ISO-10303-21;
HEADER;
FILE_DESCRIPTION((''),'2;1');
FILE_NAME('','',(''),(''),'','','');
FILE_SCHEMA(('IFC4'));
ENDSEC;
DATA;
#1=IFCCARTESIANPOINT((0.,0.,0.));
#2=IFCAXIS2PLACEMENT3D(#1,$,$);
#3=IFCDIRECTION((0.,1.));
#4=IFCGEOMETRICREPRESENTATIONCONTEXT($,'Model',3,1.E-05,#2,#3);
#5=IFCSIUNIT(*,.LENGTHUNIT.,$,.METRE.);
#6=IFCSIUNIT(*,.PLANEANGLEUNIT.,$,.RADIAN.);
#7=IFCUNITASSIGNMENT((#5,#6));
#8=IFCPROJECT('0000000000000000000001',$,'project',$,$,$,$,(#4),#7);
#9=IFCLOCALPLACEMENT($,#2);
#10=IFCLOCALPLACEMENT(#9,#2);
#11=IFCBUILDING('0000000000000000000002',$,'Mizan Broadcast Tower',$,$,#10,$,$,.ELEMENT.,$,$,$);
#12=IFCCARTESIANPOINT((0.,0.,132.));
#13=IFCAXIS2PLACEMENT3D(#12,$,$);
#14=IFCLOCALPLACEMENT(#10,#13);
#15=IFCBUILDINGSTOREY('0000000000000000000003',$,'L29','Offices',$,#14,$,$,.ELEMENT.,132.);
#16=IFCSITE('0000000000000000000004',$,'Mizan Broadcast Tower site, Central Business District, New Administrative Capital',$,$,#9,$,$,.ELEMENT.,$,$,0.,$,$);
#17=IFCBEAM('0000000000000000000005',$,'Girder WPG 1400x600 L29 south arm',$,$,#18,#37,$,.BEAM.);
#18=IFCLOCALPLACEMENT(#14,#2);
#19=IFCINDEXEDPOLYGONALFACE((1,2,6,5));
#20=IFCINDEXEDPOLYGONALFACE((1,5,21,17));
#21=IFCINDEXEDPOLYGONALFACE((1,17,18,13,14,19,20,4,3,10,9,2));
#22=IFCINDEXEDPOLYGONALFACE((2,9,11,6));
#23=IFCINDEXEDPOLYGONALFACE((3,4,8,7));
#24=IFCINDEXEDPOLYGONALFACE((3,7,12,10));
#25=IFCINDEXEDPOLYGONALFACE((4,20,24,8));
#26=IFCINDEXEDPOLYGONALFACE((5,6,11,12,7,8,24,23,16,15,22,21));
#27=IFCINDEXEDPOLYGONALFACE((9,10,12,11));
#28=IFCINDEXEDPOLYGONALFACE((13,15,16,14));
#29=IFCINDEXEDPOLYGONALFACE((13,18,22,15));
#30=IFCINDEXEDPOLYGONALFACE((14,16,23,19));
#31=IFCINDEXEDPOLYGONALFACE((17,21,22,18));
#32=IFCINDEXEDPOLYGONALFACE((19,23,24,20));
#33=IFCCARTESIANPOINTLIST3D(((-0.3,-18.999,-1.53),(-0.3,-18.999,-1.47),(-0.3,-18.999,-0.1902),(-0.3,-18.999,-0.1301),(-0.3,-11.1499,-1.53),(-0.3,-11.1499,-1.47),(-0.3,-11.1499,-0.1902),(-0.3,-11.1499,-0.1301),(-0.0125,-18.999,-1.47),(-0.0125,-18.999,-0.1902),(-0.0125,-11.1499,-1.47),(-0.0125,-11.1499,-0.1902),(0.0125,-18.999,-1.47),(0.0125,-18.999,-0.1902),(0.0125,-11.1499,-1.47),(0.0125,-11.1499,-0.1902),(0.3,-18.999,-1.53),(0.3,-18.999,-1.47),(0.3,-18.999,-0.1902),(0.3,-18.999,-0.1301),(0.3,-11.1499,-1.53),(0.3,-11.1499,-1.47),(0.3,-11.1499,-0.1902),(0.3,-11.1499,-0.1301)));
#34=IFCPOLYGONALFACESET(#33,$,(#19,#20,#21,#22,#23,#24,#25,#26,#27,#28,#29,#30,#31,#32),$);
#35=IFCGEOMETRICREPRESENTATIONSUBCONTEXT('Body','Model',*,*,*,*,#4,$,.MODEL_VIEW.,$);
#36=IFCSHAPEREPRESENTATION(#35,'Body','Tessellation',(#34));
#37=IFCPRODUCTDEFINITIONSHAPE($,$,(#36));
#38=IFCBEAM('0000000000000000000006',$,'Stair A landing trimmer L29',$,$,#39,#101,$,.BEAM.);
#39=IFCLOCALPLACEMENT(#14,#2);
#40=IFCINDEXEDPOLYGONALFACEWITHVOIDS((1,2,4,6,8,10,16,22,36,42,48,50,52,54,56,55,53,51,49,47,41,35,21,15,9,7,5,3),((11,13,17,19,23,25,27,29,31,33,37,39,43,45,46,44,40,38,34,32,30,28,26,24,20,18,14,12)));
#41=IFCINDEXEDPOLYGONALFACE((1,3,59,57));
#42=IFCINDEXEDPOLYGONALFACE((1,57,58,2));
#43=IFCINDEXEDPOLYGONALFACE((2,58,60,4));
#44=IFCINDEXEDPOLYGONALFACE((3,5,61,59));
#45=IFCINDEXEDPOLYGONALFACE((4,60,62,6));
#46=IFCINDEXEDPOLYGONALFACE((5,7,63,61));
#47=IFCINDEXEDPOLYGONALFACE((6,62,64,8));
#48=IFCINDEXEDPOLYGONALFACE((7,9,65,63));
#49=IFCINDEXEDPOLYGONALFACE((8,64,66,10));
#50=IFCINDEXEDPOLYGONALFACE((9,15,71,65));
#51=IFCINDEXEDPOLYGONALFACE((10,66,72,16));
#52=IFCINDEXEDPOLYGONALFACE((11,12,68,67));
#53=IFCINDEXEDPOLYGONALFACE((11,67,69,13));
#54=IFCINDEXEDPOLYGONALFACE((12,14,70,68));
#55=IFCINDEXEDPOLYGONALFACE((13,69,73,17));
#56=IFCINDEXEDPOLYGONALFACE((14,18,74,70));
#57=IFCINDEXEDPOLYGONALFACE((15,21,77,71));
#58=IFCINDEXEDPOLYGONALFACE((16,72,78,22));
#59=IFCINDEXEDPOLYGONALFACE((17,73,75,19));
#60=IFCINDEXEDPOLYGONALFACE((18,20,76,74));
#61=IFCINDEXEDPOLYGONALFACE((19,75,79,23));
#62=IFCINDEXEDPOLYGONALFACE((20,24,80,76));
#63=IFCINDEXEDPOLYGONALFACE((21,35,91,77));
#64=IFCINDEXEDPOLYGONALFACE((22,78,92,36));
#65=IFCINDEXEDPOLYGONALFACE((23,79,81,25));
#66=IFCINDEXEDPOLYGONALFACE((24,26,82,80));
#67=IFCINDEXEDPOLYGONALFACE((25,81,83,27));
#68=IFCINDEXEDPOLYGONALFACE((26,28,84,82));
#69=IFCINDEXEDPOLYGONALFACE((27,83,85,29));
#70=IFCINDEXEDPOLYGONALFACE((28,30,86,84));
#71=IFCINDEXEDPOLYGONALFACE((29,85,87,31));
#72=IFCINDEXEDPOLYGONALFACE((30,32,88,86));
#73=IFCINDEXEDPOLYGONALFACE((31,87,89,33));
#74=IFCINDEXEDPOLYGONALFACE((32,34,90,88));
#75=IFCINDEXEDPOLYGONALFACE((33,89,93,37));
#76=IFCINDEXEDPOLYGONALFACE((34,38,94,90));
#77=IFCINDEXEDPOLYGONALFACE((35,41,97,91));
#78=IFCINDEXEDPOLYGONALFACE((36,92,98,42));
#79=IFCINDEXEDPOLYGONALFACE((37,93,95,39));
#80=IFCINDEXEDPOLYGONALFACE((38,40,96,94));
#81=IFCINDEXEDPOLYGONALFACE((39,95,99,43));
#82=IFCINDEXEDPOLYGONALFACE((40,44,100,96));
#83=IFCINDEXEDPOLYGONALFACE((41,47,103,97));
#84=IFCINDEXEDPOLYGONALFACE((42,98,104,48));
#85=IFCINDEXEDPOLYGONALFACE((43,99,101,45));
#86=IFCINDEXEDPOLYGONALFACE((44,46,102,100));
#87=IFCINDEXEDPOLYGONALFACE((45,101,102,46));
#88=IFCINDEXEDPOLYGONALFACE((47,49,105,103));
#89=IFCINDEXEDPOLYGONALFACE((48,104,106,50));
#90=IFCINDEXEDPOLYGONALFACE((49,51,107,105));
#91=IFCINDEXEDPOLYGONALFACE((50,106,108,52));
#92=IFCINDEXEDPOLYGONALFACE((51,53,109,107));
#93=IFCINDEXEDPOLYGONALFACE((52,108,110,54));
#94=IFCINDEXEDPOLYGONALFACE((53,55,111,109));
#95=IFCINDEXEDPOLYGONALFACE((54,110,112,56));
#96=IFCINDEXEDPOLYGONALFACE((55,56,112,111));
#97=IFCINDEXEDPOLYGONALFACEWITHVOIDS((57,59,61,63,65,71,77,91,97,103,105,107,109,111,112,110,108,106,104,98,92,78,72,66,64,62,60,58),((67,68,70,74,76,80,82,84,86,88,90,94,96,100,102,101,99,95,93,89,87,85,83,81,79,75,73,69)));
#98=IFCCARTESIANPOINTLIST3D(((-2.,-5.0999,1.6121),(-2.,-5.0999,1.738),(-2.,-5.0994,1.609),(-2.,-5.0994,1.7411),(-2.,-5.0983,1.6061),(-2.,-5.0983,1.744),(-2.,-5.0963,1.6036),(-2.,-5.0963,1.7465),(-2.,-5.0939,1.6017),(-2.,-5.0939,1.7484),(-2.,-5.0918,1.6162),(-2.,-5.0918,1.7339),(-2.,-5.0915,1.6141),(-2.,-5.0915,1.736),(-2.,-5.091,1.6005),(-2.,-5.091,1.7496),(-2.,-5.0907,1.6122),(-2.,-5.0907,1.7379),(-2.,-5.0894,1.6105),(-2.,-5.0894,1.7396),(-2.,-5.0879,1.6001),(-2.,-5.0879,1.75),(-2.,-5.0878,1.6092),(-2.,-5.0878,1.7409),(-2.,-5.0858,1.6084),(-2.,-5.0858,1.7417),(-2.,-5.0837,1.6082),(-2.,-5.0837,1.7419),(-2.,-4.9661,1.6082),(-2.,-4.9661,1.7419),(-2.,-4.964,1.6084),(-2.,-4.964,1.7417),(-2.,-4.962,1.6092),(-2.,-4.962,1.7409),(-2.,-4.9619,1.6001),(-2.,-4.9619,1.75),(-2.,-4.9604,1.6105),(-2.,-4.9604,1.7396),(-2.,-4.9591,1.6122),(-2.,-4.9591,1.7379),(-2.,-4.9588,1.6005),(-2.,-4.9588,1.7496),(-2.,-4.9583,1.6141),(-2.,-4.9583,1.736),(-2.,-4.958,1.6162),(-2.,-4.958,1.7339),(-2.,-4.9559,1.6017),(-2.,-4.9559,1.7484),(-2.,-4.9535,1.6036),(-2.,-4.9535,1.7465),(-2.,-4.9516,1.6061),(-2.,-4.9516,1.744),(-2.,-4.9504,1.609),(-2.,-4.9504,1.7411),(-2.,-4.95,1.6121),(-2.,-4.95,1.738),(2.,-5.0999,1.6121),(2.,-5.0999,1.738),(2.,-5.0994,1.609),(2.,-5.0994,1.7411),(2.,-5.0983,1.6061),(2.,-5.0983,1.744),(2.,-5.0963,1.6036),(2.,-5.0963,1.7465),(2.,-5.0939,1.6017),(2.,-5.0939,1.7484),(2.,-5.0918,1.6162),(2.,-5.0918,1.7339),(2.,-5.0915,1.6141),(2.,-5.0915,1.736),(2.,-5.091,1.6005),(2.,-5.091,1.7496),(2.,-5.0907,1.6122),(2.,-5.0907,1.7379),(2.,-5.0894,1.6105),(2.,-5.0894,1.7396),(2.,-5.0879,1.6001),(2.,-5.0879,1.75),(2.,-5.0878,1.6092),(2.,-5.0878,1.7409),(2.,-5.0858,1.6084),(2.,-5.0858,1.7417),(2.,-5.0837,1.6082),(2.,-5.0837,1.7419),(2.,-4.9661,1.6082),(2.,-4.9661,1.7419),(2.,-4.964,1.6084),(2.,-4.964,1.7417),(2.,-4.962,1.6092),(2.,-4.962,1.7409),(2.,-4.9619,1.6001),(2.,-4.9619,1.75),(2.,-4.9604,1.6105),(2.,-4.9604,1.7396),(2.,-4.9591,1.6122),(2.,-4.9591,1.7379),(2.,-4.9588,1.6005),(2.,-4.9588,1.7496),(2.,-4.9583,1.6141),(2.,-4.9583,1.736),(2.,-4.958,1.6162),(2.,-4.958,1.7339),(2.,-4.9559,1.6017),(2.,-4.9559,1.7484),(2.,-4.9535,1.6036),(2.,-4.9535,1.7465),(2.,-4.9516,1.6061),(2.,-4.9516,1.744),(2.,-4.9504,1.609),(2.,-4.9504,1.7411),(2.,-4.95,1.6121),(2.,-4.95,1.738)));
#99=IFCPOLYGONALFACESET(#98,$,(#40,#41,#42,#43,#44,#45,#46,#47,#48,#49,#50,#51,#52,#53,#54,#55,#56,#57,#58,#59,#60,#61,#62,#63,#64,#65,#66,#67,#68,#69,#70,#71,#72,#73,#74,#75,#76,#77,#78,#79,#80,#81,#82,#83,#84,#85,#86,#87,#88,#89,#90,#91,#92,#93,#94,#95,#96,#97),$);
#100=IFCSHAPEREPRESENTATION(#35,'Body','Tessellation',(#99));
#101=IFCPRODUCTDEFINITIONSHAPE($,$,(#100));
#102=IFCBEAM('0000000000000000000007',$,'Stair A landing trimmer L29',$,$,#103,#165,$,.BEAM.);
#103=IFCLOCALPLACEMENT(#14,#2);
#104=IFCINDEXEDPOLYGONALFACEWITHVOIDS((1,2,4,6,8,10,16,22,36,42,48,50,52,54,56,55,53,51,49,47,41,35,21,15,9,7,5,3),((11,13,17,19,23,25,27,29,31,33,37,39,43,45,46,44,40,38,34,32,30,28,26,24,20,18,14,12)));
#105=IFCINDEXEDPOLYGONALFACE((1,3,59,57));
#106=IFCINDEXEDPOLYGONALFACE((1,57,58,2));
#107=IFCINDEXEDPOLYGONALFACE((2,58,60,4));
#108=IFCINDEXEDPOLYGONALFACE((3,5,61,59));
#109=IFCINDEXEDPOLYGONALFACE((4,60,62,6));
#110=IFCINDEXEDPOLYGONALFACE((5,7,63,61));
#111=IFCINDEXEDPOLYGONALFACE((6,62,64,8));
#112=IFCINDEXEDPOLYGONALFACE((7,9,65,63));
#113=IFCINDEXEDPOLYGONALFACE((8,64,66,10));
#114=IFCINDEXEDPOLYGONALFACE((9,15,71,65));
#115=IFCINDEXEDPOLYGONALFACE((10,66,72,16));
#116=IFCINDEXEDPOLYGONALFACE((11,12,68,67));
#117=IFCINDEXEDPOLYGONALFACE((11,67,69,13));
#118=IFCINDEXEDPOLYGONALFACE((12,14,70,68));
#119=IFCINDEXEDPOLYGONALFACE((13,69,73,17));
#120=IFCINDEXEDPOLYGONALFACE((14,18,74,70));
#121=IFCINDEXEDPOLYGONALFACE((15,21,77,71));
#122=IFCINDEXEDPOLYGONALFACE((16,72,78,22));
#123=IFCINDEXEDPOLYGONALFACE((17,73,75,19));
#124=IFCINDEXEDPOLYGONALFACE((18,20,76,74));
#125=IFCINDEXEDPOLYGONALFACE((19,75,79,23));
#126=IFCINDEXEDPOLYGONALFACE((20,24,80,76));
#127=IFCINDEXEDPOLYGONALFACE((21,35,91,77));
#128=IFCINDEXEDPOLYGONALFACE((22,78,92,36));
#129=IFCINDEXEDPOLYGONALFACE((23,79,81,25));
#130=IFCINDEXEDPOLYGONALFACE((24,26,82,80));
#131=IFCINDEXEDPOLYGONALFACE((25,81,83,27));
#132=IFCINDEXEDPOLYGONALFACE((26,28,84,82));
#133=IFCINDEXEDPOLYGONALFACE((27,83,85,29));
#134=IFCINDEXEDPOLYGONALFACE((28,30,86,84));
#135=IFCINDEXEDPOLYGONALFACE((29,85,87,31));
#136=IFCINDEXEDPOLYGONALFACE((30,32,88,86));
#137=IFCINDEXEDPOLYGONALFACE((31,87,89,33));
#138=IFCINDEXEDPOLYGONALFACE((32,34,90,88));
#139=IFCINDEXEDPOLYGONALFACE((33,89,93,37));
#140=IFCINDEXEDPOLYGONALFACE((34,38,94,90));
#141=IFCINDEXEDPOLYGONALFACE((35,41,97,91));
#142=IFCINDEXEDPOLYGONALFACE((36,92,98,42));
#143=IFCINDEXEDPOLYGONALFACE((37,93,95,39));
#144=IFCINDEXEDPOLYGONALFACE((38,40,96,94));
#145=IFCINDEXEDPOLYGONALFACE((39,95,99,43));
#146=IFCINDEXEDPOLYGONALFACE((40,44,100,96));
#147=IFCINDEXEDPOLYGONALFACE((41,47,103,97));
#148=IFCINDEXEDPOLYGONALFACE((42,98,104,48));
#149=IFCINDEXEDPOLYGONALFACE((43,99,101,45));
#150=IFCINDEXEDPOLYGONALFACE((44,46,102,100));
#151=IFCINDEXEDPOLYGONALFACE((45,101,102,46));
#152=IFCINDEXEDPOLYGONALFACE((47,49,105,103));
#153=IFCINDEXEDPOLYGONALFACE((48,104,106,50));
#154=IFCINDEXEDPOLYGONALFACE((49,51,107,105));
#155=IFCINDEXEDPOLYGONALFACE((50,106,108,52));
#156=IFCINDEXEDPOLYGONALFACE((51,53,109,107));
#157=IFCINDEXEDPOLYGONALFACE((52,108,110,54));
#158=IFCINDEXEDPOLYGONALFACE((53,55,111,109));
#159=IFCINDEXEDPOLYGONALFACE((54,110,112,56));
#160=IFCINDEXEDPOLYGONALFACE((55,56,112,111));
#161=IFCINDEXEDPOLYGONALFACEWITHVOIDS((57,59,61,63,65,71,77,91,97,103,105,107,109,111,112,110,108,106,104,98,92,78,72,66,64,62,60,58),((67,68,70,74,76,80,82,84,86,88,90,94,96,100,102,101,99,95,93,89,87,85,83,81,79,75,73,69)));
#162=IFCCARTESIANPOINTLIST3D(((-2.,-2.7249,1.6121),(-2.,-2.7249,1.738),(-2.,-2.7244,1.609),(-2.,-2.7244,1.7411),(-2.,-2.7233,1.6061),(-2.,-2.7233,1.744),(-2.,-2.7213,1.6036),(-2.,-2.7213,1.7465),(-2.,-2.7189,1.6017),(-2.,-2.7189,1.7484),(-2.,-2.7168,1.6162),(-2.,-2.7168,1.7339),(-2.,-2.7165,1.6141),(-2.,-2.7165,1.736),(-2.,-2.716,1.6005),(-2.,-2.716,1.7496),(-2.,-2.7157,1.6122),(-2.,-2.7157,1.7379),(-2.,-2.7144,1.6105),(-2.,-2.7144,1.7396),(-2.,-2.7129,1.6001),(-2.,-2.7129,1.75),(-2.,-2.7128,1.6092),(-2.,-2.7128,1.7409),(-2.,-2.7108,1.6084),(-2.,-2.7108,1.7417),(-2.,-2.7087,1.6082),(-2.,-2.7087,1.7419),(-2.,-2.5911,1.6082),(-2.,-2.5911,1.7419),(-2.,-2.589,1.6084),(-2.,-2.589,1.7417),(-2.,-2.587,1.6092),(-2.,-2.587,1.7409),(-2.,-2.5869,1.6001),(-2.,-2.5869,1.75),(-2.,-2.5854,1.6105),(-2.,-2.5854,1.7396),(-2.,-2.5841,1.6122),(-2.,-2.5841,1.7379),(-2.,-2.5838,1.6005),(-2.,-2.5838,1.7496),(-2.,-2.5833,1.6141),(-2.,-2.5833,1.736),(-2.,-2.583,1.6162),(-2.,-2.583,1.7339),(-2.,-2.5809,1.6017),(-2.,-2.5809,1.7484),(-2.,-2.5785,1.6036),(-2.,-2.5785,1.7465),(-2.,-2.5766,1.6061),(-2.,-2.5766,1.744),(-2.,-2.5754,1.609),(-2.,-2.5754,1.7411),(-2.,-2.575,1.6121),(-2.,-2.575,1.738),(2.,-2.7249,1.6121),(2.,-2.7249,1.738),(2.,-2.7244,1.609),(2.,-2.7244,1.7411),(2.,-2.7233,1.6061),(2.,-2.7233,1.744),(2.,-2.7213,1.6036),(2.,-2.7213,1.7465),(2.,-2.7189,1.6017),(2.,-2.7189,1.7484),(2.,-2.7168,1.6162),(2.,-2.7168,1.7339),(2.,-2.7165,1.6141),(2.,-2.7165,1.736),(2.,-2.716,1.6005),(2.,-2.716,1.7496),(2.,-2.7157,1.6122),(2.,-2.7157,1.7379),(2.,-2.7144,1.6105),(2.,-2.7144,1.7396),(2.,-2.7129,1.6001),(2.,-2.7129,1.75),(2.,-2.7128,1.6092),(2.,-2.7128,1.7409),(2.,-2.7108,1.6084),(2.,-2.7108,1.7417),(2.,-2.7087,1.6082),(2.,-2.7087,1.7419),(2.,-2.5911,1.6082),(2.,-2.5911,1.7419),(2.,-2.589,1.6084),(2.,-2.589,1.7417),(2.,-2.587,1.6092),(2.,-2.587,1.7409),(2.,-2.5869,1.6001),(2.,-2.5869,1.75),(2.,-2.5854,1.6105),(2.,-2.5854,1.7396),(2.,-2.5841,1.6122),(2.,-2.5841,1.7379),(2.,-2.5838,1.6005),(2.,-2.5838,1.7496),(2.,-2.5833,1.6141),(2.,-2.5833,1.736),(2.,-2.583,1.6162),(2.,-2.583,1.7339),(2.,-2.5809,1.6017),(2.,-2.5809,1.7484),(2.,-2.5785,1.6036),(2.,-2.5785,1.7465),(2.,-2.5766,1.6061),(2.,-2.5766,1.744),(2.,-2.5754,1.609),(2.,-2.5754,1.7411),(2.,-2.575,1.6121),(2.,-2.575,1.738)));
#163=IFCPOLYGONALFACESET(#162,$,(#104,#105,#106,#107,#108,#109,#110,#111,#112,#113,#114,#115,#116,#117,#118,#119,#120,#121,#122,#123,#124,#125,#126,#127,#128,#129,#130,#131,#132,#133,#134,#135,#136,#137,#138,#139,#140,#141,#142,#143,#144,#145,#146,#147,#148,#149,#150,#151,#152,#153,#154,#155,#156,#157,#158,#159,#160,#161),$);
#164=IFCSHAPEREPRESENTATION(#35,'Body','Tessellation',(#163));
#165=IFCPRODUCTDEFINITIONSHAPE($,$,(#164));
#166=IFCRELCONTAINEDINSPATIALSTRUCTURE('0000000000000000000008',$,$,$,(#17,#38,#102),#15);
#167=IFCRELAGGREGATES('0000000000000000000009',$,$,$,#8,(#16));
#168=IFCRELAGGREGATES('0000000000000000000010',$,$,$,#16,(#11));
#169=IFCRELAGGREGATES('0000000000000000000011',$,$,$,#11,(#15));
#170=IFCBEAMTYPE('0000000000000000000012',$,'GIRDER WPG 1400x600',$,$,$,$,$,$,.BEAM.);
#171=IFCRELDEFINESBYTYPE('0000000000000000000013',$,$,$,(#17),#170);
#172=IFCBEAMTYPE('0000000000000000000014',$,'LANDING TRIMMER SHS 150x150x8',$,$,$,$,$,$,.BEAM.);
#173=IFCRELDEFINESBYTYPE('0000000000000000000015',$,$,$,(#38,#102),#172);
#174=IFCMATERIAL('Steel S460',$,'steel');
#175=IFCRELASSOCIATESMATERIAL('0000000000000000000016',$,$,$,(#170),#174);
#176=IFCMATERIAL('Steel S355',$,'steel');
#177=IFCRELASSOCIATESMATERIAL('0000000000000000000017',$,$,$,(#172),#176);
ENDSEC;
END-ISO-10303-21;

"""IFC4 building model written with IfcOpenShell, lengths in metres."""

from ifc_helpers import new_model, si_unit, direction, frame, origin, origin_2d, place, context, subcontext, project, spatial, hollow_rectangle, i_section, extrude, material, material_profile, profile_set, type_object, element, save


model = new_model("IFC4")

# Units and contexts
model_context = context("Model", 3, precision=1e-05, world=origin(), true_north=direction((0.0, 1.0)))
body_context = subcontext(model_context, "Body", "Model", "MODEL_VIEW")
ifc_project = project(units=[si_unit("LENGTHUNIT", "METRE"), si_unit("PLANEANGLEUNIT", "RADIAN")], contexts=[model_context])

# Site, building, storey
site_placement = place(None, origin())
site = spatial("IfcSite", under=ifc_project, at=site_placement, Name="Mizan Broadcast Tower site, Central Business District, New Administrative Capital", CompositionType="ELEMENT", RefElevation=0.0)
building_placement = place(site_placement, origin())
building = spatial("IfcBuilding", under=site, at=building_placement, Name="Mizan Broadcast Tower", CompositionType="ELEMENT")
storey_placement = place(building_placement, frame((0.0, 0.0, 132.0)))
storey = spatial("IfcBuildingStorey", under=building, at=storey_placement, Name="L29", Description="Offices", CompositionType="ELEMENT", Elevation=132.0)

# Beams
ifc_material_1 = material(Name="Steel S460", Category="steel")
ifc_material_profile_1 = material_profile(ifc_material_1, i_section(OverallWidth=0.6001, OverallDepth=1.3999, WebThickness=0.0249, FlangeThickness=0.0601, at=origin_2d()), Name="WPG 1400x600")
ifc_profile_set_1 = profile_set([ifc_material_profile_1], Name="Steel S460")
beam_type_1 = type_object("IfcBeamType", Name="GIRDER WPG 1400x600", PredefinedType="BEAM", material=ifc_profile_set_1)
beam_placement = place(storey_placement, frame((0.0, -11.1499, -0.8301), z_axis=(0.0, -1.0, 0.0), x_axis=(1.0, 0.0, 0.0)))
element("IfcBeam", 1, at=beam_placement, inside=storey, type_object=beam_type_1, Name="Girder WPG 1400x600 L29 south arm", PredefinedType="BEAM", context=body_context, shape_type="SweptSolid", body=[
    extrude(i_section(OverallWidth=0.6001, OverallDepth=1.3999, WebThickness=0.0249, FlangeThickness=0.0601, at=origin_2d()), origin(), (0.0, 0.0, 1.0), 7.8491),
])
ifc_material_2 = material(Name="Steel S355", Category="steel")
ifc_material_profile_2 = material_profile(ifc_material_2, hollow_rectangle(XDim=0.1499, YDim=0.1499, WallThickness=0.0081, InnerFilletRadius=0.0081, OuterFilletRadius=0.012, at=origin_2d()), Name="SHS 150x150x8")
ifc_profile_set_2 = profile_set([ifc_material_profile_2], Name="Steel S355")
beam_type_2 = type_object("IfcBeamType", Name="LANDING TRIMMER SHS 150x150x8", PredefinedType="BEAM", material=ifc_profile_set_2)
for number, where, z_axis, x_axis, name in (
    (2, (-2.0, -5.0249, 1.675), (1.0, 0.0, 0.0), (0.0, 1.0, 0.0), "Stair A landing trimmer L29"),
    (3, (-2.0, -2.6499, 1.675), (1.0, 0.0, 0.0), (0.0, 1.0, 0.0), "Stair A landing trimmer L29"),
):
    element("IfcBeam", number, at=place(storey_placement, frame(where, z_axis=z_axis, x_axis=x_axis)), inside=storey, type_object=beam_type_2, Name=name, PredefinedType="BEAM", context=body_context, shape_type="SweptSolid", body=[
        extrude(hollow_rectangle(XDim=0.1499, YDim=0.1499, WallThickness=0.0081, InnerFilletRadius=0.0081, OuterFilletRadius=0.012, at=origin_2d()), origin(), (0.0, 0.0, 1.0), 4.0),
    ])

save(model, "model.ifc")
